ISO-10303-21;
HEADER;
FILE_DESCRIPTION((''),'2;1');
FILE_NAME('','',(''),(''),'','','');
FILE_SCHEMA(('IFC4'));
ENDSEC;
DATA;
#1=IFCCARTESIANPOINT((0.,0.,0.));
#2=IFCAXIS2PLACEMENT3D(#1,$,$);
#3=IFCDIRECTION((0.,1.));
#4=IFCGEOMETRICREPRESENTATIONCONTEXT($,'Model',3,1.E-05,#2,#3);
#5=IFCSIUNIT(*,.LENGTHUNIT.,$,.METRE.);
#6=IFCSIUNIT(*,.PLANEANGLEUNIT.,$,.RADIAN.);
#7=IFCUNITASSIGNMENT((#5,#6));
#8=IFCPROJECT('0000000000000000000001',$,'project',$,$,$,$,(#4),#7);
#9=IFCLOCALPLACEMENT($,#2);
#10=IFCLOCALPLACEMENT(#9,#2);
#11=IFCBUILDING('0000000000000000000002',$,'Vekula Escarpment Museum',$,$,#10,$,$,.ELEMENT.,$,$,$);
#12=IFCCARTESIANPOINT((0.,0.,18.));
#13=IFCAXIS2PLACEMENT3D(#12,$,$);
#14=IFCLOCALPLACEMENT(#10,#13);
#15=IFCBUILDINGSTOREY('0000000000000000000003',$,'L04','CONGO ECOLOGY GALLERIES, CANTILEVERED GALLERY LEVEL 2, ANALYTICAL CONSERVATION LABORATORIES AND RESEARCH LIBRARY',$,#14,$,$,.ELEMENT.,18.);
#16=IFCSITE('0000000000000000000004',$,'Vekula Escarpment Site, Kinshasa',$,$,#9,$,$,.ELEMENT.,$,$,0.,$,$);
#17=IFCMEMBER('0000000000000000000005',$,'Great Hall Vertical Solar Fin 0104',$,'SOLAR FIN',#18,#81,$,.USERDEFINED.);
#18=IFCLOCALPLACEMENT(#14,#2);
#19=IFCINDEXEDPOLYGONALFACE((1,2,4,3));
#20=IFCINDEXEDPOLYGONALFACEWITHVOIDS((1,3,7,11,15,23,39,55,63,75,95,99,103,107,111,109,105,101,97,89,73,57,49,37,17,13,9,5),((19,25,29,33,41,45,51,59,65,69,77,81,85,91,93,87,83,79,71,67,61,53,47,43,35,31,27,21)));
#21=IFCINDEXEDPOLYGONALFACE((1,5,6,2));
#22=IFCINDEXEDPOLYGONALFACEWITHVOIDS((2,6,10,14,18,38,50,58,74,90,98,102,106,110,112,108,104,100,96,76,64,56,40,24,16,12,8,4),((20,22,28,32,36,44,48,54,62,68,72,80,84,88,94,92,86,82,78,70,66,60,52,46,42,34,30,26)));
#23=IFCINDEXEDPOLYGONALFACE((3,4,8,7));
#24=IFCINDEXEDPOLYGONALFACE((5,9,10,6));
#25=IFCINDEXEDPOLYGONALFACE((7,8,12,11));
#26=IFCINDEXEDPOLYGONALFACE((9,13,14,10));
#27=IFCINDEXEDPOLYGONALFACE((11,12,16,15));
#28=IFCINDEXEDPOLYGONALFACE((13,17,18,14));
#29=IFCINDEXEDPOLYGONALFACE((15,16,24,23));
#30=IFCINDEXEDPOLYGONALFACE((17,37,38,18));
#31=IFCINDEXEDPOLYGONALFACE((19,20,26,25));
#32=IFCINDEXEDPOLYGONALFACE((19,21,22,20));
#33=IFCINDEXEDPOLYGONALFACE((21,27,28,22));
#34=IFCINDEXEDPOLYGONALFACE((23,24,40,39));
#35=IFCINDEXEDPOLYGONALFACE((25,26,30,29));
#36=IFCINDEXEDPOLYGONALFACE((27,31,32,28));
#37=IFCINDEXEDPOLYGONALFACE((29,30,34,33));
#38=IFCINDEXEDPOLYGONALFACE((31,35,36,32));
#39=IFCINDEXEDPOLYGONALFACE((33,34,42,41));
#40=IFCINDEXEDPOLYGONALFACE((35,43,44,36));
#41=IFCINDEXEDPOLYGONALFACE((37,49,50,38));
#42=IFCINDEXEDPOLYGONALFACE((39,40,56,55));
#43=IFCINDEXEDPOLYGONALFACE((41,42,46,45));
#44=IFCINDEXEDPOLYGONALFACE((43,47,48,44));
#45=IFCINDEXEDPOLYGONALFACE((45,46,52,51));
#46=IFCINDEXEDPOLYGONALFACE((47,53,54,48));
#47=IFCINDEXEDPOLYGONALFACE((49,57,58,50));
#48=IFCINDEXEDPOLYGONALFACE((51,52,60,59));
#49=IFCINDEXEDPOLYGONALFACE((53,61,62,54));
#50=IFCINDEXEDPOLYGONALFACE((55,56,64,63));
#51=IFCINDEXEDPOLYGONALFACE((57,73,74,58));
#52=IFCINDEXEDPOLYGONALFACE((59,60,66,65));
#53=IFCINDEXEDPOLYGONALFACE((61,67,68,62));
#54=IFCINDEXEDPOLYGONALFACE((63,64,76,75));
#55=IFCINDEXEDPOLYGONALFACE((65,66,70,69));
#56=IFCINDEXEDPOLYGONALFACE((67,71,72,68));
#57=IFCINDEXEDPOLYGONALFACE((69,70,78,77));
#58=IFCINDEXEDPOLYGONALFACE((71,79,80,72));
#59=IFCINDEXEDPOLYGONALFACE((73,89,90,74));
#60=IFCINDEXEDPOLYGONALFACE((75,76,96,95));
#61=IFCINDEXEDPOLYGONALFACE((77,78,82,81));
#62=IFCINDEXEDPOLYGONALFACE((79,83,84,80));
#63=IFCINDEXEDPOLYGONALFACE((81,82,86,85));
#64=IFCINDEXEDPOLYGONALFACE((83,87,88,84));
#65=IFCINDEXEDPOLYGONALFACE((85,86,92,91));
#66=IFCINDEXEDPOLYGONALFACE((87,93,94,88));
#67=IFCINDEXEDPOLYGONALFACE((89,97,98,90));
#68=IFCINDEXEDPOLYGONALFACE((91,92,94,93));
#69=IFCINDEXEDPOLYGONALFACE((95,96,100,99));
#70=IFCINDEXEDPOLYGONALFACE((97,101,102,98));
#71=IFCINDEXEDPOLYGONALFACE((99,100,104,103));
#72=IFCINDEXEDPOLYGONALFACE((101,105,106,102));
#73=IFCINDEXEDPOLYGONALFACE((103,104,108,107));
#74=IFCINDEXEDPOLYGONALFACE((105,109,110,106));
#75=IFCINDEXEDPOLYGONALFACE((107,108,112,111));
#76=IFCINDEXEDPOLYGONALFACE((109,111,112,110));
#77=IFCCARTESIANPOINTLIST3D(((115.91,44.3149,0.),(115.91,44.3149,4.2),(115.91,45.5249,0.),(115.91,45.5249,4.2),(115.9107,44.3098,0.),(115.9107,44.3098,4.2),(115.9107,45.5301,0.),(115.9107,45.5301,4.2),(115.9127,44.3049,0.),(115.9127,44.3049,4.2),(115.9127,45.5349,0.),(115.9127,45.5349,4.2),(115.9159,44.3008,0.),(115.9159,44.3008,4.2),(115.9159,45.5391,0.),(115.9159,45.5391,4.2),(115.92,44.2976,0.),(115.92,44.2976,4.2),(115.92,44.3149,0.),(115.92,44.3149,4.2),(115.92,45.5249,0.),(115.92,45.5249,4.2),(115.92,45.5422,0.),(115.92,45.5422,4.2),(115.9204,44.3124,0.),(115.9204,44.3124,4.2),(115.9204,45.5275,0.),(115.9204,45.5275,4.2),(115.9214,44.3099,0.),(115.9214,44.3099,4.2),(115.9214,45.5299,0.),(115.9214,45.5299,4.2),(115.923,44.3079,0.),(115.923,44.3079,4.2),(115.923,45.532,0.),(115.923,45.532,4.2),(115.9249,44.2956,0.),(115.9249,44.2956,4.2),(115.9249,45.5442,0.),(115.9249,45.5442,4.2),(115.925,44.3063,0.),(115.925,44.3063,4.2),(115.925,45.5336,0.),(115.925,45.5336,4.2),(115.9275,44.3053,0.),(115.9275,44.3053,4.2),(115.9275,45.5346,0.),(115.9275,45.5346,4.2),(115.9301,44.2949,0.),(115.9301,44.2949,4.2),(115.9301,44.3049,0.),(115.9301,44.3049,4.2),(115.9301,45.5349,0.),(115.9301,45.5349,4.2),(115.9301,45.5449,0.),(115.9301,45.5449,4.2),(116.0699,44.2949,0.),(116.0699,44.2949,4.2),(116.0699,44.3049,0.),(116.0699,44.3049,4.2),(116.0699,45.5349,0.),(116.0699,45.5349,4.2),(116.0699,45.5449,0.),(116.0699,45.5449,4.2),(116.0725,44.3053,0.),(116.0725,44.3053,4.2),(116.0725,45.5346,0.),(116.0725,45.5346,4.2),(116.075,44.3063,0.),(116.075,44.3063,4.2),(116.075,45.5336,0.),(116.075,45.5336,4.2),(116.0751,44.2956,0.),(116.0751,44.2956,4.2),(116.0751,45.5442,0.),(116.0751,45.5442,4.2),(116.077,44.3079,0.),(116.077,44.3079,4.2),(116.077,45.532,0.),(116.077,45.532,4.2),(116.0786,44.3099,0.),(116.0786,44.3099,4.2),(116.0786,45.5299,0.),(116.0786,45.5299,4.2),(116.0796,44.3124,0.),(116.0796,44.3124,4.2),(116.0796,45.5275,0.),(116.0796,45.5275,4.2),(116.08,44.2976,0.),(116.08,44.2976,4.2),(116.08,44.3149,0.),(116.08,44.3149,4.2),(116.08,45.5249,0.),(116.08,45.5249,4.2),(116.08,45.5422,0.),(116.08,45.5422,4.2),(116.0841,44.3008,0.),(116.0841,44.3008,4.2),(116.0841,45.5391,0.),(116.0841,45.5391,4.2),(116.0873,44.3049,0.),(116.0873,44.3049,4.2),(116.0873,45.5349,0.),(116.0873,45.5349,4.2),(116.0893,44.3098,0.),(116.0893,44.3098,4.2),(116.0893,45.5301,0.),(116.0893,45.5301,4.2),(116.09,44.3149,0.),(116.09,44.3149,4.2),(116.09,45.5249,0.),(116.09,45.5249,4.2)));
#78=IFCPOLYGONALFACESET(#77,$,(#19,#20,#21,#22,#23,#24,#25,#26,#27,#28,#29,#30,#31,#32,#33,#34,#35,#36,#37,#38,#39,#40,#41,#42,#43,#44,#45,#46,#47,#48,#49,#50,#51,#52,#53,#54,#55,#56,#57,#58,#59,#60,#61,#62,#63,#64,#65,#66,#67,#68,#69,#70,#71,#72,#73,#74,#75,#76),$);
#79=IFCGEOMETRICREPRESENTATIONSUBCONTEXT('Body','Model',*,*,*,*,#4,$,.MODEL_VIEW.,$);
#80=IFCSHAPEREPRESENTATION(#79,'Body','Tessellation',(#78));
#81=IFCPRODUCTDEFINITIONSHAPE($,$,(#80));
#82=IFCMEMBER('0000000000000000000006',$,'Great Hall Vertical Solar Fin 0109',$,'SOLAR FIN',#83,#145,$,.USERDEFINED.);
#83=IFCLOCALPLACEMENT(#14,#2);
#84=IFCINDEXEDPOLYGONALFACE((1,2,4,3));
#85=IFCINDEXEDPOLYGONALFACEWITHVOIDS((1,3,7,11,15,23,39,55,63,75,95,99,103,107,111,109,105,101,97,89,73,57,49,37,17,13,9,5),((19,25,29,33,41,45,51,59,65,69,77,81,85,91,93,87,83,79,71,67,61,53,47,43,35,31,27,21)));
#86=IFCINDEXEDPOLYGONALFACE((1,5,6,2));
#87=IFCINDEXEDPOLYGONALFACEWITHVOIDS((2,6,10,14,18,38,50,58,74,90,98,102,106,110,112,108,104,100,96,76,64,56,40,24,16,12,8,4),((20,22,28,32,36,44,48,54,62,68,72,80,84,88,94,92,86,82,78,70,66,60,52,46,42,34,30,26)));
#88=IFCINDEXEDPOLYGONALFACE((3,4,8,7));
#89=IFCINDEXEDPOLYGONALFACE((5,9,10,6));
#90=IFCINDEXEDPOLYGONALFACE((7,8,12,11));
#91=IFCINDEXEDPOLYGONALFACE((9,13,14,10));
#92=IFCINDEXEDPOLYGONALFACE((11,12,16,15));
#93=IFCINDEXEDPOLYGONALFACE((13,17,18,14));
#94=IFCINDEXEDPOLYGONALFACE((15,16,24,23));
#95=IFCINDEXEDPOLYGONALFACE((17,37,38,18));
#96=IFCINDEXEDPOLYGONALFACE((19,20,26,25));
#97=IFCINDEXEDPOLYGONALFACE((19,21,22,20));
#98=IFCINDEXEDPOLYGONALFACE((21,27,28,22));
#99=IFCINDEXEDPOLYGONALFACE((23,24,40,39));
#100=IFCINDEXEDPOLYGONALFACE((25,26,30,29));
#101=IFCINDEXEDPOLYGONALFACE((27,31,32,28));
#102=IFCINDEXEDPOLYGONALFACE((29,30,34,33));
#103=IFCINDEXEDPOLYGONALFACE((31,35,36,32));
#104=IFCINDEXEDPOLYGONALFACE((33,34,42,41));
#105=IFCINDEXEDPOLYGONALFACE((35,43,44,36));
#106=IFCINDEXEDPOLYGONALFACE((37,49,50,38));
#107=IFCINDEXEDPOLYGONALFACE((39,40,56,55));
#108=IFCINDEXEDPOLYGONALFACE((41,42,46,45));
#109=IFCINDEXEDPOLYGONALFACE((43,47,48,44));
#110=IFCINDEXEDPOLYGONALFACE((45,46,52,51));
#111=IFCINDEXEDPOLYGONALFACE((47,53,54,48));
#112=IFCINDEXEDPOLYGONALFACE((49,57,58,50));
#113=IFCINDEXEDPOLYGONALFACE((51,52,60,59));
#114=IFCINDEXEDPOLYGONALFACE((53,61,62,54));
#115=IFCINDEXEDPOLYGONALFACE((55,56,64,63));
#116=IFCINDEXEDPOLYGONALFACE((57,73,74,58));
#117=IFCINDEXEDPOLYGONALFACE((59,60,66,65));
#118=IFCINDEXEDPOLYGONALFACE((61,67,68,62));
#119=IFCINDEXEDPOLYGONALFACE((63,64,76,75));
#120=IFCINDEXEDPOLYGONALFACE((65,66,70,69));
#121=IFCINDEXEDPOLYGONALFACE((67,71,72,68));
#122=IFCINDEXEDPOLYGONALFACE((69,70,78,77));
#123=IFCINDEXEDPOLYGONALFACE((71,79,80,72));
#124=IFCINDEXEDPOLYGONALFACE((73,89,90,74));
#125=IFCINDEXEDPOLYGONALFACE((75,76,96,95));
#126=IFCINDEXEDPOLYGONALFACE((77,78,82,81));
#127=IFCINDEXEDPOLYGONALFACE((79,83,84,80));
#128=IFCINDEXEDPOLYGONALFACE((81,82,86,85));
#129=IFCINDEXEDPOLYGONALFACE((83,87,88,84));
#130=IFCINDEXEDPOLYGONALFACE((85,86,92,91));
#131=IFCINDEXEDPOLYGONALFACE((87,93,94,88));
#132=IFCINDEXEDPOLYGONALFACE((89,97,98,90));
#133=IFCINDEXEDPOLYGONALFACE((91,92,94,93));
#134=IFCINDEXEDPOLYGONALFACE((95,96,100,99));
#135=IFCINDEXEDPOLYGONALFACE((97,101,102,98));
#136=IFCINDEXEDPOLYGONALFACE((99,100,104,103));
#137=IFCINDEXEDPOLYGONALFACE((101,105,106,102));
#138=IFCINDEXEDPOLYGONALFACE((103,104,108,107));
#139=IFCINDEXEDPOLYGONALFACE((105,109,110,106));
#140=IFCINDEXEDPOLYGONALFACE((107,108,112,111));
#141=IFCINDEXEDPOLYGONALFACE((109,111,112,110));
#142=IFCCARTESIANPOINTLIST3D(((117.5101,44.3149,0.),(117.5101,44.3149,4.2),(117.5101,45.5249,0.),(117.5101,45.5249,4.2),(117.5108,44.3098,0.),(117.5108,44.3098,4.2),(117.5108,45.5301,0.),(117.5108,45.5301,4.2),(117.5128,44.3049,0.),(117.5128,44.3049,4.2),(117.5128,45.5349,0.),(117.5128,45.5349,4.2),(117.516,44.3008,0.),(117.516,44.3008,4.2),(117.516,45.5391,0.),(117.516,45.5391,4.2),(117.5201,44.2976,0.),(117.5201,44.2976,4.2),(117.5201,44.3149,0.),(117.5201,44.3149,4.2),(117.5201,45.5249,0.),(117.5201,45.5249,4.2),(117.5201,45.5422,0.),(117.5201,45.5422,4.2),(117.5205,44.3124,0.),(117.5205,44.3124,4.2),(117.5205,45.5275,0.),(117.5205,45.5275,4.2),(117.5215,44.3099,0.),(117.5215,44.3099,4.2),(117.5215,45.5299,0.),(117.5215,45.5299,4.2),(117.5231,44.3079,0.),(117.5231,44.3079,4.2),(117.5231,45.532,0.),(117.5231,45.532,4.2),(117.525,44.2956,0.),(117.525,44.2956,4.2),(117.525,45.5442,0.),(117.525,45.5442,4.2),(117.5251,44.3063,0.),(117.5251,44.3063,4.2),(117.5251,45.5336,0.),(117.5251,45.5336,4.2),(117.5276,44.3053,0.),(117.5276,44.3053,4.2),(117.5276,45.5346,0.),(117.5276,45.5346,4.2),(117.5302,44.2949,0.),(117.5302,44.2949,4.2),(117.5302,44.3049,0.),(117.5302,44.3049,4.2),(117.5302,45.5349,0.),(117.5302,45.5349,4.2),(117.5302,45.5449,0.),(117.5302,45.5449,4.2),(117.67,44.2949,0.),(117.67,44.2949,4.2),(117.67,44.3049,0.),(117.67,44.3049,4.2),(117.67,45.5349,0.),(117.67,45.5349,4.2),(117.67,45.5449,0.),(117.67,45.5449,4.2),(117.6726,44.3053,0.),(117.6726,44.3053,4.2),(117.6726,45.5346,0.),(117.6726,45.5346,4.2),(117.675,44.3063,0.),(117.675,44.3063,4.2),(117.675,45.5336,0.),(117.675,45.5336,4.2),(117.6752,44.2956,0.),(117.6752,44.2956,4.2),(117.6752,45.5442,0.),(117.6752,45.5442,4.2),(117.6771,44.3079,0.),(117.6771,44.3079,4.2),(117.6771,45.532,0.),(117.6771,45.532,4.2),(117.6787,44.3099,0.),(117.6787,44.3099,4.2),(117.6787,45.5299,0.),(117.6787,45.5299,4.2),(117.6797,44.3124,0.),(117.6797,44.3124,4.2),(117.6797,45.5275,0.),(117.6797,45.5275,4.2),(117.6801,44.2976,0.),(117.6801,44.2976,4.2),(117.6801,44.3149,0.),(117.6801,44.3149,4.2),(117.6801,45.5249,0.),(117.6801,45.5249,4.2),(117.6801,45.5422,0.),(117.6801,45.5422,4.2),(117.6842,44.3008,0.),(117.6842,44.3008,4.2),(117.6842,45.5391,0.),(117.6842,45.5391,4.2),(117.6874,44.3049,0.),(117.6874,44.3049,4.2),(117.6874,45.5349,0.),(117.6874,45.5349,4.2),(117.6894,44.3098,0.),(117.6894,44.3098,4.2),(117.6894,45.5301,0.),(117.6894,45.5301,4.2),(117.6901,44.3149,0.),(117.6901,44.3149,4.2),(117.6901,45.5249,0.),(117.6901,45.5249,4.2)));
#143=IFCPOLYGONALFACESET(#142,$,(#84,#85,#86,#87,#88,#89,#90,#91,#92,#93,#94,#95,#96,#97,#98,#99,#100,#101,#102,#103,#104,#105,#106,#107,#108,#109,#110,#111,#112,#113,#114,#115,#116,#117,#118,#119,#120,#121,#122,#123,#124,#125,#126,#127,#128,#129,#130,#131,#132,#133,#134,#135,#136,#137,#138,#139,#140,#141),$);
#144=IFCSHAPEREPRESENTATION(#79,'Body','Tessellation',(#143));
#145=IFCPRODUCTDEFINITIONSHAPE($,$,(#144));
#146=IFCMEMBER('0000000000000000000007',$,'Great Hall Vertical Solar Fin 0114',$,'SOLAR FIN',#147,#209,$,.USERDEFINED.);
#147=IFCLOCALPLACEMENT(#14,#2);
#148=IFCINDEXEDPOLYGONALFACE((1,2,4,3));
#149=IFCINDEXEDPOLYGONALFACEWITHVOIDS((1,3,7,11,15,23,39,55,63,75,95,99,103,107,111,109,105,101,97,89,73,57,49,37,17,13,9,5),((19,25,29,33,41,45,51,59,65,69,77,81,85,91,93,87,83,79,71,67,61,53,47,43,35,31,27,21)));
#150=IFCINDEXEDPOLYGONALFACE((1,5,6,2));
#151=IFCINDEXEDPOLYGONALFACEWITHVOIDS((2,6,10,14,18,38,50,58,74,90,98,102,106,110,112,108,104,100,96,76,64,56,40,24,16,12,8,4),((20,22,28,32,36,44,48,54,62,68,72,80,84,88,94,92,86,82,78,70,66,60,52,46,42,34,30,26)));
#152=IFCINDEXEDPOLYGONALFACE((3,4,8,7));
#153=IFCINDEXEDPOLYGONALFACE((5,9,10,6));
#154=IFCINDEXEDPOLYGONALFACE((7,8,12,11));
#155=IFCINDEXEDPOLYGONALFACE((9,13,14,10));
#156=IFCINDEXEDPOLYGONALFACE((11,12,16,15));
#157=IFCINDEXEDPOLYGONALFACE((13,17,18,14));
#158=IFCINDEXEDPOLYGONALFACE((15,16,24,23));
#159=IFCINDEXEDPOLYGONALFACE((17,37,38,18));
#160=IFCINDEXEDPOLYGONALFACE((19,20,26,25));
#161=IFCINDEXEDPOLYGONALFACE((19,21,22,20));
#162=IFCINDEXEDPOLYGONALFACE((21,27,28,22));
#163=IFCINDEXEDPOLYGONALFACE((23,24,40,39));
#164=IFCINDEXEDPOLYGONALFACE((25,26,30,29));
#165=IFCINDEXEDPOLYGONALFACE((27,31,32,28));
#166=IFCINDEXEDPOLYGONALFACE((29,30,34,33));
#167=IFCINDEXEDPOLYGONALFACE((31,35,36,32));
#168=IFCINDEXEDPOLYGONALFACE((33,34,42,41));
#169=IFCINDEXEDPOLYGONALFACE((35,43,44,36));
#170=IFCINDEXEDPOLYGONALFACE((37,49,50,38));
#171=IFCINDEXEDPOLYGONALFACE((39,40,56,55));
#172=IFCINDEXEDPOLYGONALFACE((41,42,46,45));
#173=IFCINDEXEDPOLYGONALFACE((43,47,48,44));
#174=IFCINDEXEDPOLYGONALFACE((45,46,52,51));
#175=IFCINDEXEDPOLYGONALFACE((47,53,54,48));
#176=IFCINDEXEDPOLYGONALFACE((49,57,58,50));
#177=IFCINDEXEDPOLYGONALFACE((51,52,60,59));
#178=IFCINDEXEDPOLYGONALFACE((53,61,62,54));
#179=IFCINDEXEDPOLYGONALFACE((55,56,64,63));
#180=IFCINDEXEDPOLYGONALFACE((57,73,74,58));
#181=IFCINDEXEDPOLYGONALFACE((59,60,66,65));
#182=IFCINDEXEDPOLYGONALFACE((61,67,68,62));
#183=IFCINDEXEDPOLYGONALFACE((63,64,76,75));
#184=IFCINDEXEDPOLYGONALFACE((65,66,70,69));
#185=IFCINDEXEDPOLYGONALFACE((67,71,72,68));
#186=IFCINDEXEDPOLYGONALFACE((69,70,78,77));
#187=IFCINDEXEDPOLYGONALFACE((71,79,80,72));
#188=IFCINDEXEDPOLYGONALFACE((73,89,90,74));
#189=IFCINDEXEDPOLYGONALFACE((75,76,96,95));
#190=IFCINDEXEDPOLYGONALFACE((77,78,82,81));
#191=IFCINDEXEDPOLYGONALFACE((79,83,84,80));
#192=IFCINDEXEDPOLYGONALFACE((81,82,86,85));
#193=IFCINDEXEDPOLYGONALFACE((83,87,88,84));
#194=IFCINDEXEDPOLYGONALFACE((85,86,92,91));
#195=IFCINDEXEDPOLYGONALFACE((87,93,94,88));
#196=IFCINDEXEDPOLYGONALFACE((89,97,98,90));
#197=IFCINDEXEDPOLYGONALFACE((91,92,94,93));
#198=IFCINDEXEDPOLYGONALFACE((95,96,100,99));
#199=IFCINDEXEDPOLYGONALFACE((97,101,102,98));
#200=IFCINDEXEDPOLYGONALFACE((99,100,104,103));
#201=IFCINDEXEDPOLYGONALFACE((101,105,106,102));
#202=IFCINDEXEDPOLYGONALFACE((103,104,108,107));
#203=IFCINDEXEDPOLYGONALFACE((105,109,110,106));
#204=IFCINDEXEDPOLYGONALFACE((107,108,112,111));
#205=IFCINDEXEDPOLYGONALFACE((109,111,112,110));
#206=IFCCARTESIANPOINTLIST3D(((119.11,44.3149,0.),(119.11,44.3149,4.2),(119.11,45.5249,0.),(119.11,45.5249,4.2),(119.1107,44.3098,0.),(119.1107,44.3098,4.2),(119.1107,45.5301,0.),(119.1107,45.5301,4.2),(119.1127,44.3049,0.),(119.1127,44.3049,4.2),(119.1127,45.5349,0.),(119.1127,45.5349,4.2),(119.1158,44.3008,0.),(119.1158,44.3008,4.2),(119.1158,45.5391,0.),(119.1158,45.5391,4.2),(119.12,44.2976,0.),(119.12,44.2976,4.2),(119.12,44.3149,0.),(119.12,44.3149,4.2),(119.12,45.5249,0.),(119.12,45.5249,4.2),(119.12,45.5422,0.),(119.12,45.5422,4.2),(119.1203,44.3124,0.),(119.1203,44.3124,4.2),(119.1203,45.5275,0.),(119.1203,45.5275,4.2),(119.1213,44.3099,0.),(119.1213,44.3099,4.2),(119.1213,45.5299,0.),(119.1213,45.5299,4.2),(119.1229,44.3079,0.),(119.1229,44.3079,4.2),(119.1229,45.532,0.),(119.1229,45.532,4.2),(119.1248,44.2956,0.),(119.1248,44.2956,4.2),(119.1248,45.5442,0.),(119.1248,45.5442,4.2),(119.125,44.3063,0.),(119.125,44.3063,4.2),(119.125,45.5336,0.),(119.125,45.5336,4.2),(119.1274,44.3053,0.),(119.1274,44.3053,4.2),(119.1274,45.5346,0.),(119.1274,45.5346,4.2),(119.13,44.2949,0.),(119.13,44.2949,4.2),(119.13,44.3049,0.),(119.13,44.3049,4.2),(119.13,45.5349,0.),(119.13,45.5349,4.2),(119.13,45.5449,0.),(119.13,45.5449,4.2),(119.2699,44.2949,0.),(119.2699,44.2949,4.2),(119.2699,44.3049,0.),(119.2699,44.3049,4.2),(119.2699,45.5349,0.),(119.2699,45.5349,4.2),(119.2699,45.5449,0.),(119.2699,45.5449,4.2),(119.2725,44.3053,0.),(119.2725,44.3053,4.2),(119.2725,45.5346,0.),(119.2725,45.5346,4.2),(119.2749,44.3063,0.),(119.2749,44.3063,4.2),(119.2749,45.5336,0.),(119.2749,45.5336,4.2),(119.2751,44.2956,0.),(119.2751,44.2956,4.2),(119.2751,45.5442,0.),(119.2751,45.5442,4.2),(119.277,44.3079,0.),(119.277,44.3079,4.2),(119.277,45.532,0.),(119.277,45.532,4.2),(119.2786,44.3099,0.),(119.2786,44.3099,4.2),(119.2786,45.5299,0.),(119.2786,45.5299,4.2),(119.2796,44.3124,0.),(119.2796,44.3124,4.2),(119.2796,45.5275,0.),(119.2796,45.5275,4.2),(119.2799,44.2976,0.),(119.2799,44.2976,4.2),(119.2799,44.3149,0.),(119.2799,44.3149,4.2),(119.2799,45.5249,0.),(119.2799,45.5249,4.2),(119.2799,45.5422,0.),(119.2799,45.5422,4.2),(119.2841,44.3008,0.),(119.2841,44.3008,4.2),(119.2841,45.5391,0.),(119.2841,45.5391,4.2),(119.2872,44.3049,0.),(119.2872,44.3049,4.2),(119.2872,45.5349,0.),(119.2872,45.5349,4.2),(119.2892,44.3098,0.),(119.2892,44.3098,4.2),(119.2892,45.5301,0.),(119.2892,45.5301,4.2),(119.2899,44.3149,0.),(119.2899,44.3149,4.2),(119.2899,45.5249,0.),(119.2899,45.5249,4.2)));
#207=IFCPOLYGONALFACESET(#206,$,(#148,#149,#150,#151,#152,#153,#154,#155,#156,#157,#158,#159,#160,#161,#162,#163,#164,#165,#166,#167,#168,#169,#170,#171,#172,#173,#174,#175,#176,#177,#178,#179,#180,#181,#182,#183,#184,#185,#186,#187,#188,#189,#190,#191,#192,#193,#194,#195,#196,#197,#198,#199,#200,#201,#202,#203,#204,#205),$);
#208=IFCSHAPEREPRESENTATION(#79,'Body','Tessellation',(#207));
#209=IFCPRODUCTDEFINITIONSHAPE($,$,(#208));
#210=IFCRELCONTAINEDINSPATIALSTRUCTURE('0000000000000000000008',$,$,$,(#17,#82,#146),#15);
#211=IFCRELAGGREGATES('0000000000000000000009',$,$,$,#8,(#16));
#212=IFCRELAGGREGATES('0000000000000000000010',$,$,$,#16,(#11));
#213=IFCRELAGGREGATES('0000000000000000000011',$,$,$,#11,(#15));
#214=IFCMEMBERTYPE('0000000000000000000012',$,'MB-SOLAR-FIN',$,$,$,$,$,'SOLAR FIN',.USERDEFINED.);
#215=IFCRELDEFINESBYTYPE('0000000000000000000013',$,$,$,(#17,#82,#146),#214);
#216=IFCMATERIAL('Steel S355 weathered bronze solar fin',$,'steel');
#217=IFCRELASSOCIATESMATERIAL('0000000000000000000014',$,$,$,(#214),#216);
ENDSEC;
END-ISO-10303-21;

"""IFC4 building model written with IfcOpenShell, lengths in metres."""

from ifc_helpers import new_model, si_unit, direction, frame, origin, origin_2d, place, context, subcontext, project, spatial, hollow_rectangle, extrude, material, material_profile, profile_set, type_object, element, save


model = new_model("IFC4")

# Units and contexts
model_context = context("Model", 3, precision=1e-05, world=origin(), true_north=direction((0.0, 1.0)))
body_context = subcontext(model_context, "Body", "Model", "MODEL_VIEW")
ifc_project = project(units=[si_unit("LENGTHUNIT", "METRE"), si_unit("PLANEANGLEUNIT", "RADIAN")], contexts=[model_context])

# Site, building, storey
site_placement = place(None, origin())
site = spatial("IfcSite", under=ifc_project, at=site_placement, Name="Vekula Escarpment Site, Kinshasa", CompositionType="ELEMENT", RefElevation=0.0)
building_placement = place(site_placement, origin())
building = spatial("IfcBuilding", under=site, at=building_placement, Name="Vekula Escarpment Museum", CompositionType="ELEMENT")
storey_placement = place(building_placement, frame((0.0, 0.0, 18.0)))
storey = spatial("IfcBuildingStorey", under=building, at=storey_placement, Name="L04", Description="CONGO ECOLOGY GALLERIES, CANTILEVERED GALLERY LEVEL 2, ANALYTICAL CONSERVATION LABORATORIES AND RESEARCH LIBRARY", CompositionType="ELEMENT", Elevation=18.0)

# Members
ifc_material_1 = material(Name="Steel S355 weathered bronze solar fin", Category="steel")
ifc_material_profile_1 = material_profile(ifc_material_1, hollow_rectangle(XDim=0.1799, YDim=1.25, WallThickness=0.01, InnerFilletRadius=0.01, OuterFilletRadius=0.02, at=origin_2d()), Name="RHS 1250x180x10")
ifc_profile_set_1 = profile_set([ifc_material_profile_1], Name="Steel S355 weathered bronze solar fin")
member_type_1 = type_object("IfcMemberType", Name="MB-SOLAR-FIN", ElementType="SOLAR FIN", PredefinedType="USERDEFINED", material=ifc_profile_set_1)
for number, where, z_axis, x_axis, name in (
    (1, (116.0, 44.9199, 0.0), (0.0, 0.0, 1.0), (1.0, 0.0, 0.0), "Great Hall Vertical Solar Fin 0104"),
    (2, (117.6001, 44.9199, 0.0), (0.0, 0.0, 1.0), (1.0, 0.0, 0.0), "Great Hall Vertical Solar Fin 0109"),
    (3, (119.2, 44.9199, 0.0), (0.0, 0.0, 1.0), (1.0, 0.0, 0.0), "Great Hall Vertical Solar Fin 0114"),
):
    element("IfcMember", number, at=place(storey_placement, frame(where, z_axis=z_axis, x_axis=x_axis)), inside=storey, type_object=member_type_1, Name=name, ObjectType="SOLAR FIN", PredefinedType="USERDEFINED", context=body_context, shape_type="SweptSolid", body=[
        extrude(hollow_rectangle(XDim=0.1799, YDim=1.25, WallThickness=0.01, InnerFilletRadius=0.01, OuterFilletRadius=0.02, at=origin_2d()), origin(), (0.0, 0.0, 1.0), 4.2),
    ])

save(model, "model.ifc")
